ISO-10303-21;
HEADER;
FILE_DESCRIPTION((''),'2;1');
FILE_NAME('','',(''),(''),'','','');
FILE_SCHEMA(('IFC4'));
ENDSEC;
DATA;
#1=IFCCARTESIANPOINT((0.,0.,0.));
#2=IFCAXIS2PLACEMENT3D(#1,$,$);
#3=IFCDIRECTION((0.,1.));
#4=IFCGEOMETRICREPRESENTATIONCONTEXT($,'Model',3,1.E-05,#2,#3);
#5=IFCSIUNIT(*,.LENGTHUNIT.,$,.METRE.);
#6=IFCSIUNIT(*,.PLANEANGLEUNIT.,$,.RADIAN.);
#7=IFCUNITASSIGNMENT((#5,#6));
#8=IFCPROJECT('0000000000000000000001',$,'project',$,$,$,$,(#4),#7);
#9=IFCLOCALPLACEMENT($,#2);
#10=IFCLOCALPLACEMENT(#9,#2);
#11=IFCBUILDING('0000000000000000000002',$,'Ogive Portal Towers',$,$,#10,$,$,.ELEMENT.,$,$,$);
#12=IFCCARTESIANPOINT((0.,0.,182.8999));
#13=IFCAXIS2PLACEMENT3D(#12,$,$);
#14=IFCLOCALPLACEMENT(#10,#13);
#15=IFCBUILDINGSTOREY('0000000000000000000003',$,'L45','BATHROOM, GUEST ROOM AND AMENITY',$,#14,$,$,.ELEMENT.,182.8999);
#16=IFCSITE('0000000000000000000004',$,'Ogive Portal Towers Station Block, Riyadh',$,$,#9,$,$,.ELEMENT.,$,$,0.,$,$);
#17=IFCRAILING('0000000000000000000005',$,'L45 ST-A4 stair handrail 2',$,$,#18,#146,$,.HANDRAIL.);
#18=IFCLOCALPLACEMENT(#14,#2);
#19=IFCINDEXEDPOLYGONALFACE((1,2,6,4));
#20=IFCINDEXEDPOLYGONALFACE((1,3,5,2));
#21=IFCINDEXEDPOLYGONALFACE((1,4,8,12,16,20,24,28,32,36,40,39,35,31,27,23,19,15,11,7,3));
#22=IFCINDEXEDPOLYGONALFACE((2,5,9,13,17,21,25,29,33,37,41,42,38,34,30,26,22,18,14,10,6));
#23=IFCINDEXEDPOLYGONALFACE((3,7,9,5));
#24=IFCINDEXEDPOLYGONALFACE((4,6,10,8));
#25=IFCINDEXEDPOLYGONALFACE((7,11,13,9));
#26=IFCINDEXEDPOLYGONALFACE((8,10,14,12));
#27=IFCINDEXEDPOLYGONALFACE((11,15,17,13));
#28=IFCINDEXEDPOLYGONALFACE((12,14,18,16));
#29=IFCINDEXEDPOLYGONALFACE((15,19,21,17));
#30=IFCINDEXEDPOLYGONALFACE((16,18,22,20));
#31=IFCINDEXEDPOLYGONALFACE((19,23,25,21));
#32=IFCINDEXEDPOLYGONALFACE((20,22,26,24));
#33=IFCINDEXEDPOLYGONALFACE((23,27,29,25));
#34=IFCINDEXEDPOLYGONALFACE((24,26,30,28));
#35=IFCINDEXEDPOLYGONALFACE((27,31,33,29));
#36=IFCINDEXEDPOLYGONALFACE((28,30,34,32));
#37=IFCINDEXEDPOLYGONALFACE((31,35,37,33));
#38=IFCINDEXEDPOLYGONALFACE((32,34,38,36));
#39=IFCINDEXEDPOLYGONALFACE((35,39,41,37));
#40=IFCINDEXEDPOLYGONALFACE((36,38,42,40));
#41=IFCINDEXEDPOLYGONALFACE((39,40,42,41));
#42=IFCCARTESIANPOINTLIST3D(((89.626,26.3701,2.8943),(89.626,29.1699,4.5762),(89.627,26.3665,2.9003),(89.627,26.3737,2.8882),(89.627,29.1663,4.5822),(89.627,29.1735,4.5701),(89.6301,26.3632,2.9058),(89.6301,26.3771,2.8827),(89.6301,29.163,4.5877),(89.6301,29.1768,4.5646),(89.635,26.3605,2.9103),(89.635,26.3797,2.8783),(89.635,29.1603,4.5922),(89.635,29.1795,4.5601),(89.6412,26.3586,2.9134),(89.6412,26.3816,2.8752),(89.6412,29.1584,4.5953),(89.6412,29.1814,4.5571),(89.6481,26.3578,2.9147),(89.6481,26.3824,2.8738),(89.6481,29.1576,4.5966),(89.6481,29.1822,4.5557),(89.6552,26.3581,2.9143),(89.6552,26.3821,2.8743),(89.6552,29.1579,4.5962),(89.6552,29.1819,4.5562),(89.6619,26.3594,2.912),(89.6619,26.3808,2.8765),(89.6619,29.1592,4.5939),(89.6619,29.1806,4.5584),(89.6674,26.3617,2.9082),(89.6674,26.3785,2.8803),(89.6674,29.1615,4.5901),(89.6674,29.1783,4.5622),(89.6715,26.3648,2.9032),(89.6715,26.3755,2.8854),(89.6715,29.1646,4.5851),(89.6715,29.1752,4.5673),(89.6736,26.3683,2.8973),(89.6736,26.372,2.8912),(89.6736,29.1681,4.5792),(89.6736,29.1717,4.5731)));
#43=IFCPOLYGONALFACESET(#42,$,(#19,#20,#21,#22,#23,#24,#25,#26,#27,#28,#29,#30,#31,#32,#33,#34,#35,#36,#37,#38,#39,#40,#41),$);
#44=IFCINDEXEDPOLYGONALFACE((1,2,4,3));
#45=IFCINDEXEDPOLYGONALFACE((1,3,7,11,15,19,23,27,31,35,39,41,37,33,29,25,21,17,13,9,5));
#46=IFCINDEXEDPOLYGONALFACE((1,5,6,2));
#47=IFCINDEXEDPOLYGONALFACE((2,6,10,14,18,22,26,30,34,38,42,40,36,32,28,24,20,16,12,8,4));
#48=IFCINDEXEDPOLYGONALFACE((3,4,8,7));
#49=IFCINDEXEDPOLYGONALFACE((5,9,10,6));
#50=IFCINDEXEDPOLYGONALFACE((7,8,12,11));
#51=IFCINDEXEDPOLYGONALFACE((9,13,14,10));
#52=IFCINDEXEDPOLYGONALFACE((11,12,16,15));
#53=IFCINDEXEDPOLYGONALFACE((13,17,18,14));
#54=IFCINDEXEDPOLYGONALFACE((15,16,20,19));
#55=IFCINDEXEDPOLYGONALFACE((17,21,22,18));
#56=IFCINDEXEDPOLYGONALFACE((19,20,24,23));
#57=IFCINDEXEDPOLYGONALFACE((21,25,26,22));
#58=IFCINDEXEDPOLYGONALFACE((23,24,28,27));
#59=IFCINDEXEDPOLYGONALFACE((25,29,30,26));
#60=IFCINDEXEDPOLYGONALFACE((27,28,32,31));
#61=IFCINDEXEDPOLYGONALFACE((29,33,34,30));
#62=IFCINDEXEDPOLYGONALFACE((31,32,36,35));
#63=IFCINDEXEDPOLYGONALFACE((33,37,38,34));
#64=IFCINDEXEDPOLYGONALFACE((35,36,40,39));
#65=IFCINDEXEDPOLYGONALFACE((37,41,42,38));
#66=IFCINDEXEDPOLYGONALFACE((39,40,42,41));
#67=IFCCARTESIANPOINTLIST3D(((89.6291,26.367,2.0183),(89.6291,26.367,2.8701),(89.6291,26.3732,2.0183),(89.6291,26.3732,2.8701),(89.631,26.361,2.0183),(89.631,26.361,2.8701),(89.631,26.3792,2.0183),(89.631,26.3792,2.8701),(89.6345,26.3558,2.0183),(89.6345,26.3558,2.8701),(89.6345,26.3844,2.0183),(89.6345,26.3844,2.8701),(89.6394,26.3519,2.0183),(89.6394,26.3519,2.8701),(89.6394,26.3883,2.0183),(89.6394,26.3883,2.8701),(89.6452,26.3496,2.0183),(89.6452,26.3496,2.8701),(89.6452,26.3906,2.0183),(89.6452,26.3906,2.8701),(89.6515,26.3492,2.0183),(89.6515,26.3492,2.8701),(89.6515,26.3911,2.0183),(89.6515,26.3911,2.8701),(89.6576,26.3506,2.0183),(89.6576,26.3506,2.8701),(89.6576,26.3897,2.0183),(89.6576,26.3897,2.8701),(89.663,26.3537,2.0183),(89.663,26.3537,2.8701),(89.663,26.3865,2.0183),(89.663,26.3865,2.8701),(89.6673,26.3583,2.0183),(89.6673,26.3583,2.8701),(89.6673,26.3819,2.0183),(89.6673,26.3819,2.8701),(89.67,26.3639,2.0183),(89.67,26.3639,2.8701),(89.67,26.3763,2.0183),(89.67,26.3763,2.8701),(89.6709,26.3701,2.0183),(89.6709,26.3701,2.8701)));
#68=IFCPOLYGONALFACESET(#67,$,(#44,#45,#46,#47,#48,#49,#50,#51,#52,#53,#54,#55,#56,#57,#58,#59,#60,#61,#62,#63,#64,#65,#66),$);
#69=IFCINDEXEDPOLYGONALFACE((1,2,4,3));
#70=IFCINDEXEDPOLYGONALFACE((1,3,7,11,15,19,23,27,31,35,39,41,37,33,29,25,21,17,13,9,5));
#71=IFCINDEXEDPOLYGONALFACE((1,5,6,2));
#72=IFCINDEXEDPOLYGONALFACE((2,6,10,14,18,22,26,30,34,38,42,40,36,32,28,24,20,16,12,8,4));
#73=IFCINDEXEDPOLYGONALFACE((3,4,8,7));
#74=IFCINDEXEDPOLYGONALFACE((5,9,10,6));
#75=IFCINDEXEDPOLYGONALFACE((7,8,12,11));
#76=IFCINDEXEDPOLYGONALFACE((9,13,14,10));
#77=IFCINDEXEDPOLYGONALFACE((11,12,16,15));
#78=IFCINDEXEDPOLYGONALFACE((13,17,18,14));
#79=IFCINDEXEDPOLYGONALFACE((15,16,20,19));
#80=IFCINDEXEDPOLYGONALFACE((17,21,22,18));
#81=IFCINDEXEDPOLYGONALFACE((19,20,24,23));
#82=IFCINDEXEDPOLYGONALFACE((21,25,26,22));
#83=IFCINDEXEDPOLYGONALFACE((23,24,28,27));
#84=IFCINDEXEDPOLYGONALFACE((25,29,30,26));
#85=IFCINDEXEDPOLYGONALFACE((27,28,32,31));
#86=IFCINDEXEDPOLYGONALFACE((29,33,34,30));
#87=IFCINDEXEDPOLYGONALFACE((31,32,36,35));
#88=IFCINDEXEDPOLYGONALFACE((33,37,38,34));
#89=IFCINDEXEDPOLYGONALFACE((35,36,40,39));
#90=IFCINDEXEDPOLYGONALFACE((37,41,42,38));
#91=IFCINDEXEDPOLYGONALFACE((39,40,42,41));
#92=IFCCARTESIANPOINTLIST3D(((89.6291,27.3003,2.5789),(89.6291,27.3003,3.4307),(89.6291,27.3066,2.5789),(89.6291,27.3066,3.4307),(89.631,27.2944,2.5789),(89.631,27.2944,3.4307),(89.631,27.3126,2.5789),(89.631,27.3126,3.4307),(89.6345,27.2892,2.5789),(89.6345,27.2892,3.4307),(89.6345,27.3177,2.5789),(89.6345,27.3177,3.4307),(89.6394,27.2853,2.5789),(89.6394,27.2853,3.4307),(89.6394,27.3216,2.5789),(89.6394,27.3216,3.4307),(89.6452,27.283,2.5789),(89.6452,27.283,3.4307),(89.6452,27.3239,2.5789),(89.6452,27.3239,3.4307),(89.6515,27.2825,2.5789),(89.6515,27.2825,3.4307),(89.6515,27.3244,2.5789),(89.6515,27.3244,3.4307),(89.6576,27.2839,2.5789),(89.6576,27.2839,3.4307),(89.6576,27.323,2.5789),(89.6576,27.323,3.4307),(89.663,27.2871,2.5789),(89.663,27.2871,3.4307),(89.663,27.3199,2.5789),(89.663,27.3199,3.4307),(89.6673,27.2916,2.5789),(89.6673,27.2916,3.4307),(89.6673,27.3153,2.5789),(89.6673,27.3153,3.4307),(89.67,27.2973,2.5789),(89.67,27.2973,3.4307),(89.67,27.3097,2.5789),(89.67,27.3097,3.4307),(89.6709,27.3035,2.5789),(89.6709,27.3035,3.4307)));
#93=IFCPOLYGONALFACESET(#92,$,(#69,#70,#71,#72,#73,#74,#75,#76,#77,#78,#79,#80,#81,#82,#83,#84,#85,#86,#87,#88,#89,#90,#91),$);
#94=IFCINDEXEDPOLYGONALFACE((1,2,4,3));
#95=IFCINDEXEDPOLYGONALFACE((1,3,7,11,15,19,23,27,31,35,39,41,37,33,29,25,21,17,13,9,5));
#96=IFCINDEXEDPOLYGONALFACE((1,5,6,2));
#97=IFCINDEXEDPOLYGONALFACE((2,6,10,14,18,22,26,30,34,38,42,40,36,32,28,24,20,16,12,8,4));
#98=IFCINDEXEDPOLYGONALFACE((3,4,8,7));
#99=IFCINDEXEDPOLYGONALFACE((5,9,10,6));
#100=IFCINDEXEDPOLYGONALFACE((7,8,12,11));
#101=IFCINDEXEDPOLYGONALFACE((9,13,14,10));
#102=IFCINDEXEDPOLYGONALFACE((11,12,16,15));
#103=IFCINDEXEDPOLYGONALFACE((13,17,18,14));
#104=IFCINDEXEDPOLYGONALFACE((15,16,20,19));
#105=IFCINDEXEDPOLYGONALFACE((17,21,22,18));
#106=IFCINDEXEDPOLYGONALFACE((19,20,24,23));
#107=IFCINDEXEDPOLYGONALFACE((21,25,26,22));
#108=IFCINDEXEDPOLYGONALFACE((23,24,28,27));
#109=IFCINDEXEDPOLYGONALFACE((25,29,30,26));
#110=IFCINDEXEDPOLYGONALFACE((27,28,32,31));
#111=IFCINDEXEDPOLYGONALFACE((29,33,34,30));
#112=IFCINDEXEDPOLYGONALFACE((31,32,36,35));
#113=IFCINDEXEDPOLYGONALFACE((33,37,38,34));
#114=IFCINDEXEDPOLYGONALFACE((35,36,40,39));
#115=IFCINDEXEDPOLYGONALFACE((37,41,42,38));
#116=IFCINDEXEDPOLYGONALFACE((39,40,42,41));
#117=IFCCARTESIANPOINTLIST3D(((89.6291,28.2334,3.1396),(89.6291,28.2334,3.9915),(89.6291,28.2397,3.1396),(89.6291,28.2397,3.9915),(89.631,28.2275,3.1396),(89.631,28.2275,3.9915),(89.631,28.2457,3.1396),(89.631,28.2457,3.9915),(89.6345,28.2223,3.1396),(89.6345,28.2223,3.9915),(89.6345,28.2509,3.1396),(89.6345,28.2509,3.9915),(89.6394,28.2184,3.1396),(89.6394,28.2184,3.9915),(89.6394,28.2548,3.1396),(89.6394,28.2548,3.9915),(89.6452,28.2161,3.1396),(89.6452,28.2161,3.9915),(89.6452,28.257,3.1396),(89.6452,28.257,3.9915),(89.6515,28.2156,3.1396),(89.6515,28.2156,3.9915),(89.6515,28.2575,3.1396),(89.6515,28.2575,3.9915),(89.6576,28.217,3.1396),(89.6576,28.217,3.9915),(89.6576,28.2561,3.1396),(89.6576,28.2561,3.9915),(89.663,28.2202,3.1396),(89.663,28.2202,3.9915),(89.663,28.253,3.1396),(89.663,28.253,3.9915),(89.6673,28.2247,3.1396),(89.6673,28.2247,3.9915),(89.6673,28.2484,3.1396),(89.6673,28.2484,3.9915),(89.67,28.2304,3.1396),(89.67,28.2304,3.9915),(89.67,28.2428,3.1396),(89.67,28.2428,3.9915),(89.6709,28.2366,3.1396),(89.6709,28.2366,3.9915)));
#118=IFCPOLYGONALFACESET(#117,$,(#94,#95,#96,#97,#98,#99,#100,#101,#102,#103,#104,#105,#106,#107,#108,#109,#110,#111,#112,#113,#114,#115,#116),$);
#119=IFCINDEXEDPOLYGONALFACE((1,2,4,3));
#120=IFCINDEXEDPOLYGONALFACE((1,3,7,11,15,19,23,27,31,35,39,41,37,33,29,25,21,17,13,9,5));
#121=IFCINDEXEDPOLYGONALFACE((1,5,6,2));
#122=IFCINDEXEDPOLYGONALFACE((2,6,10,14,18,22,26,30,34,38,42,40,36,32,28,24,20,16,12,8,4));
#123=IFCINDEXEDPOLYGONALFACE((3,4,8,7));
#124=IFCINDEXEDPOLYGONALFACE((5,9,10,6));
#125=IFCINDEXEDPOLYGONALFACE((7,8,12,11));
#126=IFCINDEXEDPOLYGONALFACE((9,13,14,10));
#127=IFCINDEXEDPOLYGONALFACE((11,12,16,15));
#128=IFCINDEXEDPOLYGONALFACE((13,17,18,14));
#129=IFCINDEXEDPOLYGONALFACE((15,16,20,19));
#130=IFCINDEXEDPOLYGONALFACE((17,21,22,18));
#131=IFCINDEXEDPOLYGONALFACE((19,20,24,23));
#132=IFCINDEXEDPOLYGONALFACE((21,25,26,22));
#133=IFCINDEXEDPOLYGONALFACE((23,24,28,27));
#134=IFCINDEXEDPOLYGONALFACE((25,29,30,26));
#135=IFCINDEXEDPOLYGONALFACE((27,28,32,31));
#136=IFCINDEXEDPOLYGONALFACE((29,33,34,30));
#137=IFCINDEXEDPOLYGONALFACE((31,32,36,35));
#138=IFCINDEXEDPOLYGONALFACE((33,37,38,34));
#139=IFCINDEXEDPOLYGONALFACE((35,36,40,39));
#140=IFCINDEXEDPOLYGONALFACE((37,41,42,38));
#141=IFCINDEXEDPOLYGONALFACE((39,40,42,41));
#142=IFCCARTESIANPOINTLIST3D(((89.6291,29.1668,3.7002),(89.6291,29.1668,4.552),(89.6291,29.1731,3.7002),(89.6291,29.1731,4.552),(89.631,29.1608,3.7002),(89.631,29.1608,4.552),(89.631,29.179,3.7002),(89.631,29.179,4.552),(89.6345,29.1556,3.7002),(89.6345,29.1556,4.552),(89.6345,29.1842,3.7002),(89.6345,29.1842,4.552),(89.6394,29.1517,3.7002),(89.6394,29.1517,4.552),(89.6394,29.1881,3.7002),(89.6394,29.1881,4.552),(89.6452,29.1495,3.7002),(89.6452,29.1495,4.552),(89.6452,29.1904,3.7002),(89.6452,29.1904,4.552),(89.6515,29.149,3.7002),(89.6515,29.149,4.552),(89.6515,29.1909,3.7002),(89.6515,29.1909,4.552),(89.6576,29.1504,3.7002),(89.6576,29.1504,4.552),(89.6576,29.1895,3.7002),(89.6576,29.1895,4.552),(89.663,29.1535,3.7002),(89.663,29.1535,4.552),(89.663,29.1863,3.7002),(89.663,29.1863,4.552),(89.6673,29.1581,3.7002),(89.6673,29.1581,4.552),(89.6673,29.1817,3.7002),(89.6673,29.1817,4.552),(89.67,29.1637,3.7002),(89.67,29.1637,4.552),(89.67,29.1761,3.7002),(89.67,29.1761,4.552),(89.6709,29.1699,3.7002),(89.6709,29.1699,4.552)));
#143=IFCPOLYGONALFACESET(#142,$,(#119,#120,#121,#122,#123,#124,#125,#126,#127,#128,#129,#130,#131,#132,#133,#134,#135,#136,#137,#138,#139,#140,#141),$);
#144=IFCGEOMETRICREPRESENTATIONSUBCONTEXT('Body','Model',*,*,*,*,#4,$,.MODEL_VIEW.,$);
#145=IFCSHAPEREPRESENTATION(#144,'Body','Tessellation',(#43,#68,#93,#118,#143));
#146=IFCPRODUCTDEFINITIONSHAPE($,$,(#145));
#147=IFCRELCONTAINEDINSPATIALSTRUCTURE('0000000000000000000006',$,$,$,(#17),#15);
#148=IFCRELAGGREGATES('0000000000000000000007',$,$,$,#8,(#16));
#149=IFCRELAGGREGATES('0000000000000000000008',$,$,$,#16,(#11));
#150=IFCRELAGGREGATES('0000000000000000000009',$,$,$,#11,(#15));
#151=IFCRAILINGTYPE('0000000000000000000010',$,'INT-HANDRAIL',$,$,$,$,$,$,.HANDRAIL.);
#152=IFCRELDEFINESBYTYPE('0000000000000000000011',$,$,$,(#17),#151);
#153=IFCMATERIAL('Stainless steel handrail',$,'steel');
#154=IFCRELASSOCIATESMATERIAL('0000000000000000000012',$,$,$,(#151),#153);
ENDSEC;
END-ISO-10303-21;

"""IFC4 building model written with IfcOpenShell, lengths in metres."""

from ifc_helpers import new_model, si_unit, direction, frame, origin, origin_2d, place, context, subcontext, project, spatial, circle, extrude, material, type_object, element, save


model = new_model("IFC4")

# Units and contexts
model_context = context("Model", 3, precision=1e-05, world=origin(), true_north=direction((0.0, 1.0)))
body_context = subcontext(model_context, "Body", "Model", "MODEL_VIEW")
ifc_project = project(units=[si_unit("LENGTHUNIT", "METRE"), si_unit("PLANEANGLEUNIT", "RADIAN")], contexts=[model_context])

# Site, building, storey
site_placement = place(None, origin())
site = spatial("IfcSite", under=ifc_project, at=site_placement, Name="Ogive Portal Towers Station Block, Riyadh", CompositionType="ELEMENT", RefElevation=0.0)
building_placement = place(site_placement, origin())
building = spatial("IfcBuilding", under=site, at=building_placement, Name="Ogive Portal Towers", CompositionType="ELEMENT")
storey_placement = place(building_placement, frame((0.0, 0.0, 182.8999)))
storey = spatial("IfcBuildingStorey", under=building, at=storey_placement, Name="L45", Description="BATHROOM, GUEST ROOM AND AMENITY", CompositionType="ELEMENT", Elevation=182.8999)

# Railing
ifc_material_1 = material(Name="Stainless steel handrail", Category="steel")
railing_type_1 = type_object("IfcRailingType", Name="INT-HANDRAIL", PredefinedType="HANDRAIL", material=ifc_material_1)
railing_1_placement = place(storey_placement, frame((89.6499, 26.3701, 2.0183)))
element("IfcRailing", 1, at=railing_1_placement, inside=storey, type_object=railing_type_1, Name="L45 ST-A4 stair handrail 2", PredefinedType="HANDRAIL", context=body_context, shape_type="SweptSolid", body=[
    extrude(circle(Radius=0.0239, at=origin_2d()), frame((0.0, 0.0, 0.876), z_axis=(0.0, 0.857222, 0.514946), x_axis=(-1.0, 0.0, 0.0)), (0.0, 0.0, 1.0), 3.2661),
    extrude(circle(Radius=0.021, at=origin_2d()), origin(), (0.0, 0.0, 1.0), 0.8518),
    extrude(circle(Radius=0.021, at=origin_2d()), frame((0.0, 0.9333, 0.5605)), (0.0, 0.0, 1.0), 0.8518),
    extrude(circle(Radius=0.021, at=origin_2d()), frame((0.0, 1.8665, 1.1213)), (0.0, 0.0, 1.0), 0.8518),
    extrude(circle(Radius=0.021, at=origin_2d()), frame((0.0, 2.7998, 1.6819)), (0.0, 0.0, 1.0), 0.8518),
])

save(model, "model.ifc")
